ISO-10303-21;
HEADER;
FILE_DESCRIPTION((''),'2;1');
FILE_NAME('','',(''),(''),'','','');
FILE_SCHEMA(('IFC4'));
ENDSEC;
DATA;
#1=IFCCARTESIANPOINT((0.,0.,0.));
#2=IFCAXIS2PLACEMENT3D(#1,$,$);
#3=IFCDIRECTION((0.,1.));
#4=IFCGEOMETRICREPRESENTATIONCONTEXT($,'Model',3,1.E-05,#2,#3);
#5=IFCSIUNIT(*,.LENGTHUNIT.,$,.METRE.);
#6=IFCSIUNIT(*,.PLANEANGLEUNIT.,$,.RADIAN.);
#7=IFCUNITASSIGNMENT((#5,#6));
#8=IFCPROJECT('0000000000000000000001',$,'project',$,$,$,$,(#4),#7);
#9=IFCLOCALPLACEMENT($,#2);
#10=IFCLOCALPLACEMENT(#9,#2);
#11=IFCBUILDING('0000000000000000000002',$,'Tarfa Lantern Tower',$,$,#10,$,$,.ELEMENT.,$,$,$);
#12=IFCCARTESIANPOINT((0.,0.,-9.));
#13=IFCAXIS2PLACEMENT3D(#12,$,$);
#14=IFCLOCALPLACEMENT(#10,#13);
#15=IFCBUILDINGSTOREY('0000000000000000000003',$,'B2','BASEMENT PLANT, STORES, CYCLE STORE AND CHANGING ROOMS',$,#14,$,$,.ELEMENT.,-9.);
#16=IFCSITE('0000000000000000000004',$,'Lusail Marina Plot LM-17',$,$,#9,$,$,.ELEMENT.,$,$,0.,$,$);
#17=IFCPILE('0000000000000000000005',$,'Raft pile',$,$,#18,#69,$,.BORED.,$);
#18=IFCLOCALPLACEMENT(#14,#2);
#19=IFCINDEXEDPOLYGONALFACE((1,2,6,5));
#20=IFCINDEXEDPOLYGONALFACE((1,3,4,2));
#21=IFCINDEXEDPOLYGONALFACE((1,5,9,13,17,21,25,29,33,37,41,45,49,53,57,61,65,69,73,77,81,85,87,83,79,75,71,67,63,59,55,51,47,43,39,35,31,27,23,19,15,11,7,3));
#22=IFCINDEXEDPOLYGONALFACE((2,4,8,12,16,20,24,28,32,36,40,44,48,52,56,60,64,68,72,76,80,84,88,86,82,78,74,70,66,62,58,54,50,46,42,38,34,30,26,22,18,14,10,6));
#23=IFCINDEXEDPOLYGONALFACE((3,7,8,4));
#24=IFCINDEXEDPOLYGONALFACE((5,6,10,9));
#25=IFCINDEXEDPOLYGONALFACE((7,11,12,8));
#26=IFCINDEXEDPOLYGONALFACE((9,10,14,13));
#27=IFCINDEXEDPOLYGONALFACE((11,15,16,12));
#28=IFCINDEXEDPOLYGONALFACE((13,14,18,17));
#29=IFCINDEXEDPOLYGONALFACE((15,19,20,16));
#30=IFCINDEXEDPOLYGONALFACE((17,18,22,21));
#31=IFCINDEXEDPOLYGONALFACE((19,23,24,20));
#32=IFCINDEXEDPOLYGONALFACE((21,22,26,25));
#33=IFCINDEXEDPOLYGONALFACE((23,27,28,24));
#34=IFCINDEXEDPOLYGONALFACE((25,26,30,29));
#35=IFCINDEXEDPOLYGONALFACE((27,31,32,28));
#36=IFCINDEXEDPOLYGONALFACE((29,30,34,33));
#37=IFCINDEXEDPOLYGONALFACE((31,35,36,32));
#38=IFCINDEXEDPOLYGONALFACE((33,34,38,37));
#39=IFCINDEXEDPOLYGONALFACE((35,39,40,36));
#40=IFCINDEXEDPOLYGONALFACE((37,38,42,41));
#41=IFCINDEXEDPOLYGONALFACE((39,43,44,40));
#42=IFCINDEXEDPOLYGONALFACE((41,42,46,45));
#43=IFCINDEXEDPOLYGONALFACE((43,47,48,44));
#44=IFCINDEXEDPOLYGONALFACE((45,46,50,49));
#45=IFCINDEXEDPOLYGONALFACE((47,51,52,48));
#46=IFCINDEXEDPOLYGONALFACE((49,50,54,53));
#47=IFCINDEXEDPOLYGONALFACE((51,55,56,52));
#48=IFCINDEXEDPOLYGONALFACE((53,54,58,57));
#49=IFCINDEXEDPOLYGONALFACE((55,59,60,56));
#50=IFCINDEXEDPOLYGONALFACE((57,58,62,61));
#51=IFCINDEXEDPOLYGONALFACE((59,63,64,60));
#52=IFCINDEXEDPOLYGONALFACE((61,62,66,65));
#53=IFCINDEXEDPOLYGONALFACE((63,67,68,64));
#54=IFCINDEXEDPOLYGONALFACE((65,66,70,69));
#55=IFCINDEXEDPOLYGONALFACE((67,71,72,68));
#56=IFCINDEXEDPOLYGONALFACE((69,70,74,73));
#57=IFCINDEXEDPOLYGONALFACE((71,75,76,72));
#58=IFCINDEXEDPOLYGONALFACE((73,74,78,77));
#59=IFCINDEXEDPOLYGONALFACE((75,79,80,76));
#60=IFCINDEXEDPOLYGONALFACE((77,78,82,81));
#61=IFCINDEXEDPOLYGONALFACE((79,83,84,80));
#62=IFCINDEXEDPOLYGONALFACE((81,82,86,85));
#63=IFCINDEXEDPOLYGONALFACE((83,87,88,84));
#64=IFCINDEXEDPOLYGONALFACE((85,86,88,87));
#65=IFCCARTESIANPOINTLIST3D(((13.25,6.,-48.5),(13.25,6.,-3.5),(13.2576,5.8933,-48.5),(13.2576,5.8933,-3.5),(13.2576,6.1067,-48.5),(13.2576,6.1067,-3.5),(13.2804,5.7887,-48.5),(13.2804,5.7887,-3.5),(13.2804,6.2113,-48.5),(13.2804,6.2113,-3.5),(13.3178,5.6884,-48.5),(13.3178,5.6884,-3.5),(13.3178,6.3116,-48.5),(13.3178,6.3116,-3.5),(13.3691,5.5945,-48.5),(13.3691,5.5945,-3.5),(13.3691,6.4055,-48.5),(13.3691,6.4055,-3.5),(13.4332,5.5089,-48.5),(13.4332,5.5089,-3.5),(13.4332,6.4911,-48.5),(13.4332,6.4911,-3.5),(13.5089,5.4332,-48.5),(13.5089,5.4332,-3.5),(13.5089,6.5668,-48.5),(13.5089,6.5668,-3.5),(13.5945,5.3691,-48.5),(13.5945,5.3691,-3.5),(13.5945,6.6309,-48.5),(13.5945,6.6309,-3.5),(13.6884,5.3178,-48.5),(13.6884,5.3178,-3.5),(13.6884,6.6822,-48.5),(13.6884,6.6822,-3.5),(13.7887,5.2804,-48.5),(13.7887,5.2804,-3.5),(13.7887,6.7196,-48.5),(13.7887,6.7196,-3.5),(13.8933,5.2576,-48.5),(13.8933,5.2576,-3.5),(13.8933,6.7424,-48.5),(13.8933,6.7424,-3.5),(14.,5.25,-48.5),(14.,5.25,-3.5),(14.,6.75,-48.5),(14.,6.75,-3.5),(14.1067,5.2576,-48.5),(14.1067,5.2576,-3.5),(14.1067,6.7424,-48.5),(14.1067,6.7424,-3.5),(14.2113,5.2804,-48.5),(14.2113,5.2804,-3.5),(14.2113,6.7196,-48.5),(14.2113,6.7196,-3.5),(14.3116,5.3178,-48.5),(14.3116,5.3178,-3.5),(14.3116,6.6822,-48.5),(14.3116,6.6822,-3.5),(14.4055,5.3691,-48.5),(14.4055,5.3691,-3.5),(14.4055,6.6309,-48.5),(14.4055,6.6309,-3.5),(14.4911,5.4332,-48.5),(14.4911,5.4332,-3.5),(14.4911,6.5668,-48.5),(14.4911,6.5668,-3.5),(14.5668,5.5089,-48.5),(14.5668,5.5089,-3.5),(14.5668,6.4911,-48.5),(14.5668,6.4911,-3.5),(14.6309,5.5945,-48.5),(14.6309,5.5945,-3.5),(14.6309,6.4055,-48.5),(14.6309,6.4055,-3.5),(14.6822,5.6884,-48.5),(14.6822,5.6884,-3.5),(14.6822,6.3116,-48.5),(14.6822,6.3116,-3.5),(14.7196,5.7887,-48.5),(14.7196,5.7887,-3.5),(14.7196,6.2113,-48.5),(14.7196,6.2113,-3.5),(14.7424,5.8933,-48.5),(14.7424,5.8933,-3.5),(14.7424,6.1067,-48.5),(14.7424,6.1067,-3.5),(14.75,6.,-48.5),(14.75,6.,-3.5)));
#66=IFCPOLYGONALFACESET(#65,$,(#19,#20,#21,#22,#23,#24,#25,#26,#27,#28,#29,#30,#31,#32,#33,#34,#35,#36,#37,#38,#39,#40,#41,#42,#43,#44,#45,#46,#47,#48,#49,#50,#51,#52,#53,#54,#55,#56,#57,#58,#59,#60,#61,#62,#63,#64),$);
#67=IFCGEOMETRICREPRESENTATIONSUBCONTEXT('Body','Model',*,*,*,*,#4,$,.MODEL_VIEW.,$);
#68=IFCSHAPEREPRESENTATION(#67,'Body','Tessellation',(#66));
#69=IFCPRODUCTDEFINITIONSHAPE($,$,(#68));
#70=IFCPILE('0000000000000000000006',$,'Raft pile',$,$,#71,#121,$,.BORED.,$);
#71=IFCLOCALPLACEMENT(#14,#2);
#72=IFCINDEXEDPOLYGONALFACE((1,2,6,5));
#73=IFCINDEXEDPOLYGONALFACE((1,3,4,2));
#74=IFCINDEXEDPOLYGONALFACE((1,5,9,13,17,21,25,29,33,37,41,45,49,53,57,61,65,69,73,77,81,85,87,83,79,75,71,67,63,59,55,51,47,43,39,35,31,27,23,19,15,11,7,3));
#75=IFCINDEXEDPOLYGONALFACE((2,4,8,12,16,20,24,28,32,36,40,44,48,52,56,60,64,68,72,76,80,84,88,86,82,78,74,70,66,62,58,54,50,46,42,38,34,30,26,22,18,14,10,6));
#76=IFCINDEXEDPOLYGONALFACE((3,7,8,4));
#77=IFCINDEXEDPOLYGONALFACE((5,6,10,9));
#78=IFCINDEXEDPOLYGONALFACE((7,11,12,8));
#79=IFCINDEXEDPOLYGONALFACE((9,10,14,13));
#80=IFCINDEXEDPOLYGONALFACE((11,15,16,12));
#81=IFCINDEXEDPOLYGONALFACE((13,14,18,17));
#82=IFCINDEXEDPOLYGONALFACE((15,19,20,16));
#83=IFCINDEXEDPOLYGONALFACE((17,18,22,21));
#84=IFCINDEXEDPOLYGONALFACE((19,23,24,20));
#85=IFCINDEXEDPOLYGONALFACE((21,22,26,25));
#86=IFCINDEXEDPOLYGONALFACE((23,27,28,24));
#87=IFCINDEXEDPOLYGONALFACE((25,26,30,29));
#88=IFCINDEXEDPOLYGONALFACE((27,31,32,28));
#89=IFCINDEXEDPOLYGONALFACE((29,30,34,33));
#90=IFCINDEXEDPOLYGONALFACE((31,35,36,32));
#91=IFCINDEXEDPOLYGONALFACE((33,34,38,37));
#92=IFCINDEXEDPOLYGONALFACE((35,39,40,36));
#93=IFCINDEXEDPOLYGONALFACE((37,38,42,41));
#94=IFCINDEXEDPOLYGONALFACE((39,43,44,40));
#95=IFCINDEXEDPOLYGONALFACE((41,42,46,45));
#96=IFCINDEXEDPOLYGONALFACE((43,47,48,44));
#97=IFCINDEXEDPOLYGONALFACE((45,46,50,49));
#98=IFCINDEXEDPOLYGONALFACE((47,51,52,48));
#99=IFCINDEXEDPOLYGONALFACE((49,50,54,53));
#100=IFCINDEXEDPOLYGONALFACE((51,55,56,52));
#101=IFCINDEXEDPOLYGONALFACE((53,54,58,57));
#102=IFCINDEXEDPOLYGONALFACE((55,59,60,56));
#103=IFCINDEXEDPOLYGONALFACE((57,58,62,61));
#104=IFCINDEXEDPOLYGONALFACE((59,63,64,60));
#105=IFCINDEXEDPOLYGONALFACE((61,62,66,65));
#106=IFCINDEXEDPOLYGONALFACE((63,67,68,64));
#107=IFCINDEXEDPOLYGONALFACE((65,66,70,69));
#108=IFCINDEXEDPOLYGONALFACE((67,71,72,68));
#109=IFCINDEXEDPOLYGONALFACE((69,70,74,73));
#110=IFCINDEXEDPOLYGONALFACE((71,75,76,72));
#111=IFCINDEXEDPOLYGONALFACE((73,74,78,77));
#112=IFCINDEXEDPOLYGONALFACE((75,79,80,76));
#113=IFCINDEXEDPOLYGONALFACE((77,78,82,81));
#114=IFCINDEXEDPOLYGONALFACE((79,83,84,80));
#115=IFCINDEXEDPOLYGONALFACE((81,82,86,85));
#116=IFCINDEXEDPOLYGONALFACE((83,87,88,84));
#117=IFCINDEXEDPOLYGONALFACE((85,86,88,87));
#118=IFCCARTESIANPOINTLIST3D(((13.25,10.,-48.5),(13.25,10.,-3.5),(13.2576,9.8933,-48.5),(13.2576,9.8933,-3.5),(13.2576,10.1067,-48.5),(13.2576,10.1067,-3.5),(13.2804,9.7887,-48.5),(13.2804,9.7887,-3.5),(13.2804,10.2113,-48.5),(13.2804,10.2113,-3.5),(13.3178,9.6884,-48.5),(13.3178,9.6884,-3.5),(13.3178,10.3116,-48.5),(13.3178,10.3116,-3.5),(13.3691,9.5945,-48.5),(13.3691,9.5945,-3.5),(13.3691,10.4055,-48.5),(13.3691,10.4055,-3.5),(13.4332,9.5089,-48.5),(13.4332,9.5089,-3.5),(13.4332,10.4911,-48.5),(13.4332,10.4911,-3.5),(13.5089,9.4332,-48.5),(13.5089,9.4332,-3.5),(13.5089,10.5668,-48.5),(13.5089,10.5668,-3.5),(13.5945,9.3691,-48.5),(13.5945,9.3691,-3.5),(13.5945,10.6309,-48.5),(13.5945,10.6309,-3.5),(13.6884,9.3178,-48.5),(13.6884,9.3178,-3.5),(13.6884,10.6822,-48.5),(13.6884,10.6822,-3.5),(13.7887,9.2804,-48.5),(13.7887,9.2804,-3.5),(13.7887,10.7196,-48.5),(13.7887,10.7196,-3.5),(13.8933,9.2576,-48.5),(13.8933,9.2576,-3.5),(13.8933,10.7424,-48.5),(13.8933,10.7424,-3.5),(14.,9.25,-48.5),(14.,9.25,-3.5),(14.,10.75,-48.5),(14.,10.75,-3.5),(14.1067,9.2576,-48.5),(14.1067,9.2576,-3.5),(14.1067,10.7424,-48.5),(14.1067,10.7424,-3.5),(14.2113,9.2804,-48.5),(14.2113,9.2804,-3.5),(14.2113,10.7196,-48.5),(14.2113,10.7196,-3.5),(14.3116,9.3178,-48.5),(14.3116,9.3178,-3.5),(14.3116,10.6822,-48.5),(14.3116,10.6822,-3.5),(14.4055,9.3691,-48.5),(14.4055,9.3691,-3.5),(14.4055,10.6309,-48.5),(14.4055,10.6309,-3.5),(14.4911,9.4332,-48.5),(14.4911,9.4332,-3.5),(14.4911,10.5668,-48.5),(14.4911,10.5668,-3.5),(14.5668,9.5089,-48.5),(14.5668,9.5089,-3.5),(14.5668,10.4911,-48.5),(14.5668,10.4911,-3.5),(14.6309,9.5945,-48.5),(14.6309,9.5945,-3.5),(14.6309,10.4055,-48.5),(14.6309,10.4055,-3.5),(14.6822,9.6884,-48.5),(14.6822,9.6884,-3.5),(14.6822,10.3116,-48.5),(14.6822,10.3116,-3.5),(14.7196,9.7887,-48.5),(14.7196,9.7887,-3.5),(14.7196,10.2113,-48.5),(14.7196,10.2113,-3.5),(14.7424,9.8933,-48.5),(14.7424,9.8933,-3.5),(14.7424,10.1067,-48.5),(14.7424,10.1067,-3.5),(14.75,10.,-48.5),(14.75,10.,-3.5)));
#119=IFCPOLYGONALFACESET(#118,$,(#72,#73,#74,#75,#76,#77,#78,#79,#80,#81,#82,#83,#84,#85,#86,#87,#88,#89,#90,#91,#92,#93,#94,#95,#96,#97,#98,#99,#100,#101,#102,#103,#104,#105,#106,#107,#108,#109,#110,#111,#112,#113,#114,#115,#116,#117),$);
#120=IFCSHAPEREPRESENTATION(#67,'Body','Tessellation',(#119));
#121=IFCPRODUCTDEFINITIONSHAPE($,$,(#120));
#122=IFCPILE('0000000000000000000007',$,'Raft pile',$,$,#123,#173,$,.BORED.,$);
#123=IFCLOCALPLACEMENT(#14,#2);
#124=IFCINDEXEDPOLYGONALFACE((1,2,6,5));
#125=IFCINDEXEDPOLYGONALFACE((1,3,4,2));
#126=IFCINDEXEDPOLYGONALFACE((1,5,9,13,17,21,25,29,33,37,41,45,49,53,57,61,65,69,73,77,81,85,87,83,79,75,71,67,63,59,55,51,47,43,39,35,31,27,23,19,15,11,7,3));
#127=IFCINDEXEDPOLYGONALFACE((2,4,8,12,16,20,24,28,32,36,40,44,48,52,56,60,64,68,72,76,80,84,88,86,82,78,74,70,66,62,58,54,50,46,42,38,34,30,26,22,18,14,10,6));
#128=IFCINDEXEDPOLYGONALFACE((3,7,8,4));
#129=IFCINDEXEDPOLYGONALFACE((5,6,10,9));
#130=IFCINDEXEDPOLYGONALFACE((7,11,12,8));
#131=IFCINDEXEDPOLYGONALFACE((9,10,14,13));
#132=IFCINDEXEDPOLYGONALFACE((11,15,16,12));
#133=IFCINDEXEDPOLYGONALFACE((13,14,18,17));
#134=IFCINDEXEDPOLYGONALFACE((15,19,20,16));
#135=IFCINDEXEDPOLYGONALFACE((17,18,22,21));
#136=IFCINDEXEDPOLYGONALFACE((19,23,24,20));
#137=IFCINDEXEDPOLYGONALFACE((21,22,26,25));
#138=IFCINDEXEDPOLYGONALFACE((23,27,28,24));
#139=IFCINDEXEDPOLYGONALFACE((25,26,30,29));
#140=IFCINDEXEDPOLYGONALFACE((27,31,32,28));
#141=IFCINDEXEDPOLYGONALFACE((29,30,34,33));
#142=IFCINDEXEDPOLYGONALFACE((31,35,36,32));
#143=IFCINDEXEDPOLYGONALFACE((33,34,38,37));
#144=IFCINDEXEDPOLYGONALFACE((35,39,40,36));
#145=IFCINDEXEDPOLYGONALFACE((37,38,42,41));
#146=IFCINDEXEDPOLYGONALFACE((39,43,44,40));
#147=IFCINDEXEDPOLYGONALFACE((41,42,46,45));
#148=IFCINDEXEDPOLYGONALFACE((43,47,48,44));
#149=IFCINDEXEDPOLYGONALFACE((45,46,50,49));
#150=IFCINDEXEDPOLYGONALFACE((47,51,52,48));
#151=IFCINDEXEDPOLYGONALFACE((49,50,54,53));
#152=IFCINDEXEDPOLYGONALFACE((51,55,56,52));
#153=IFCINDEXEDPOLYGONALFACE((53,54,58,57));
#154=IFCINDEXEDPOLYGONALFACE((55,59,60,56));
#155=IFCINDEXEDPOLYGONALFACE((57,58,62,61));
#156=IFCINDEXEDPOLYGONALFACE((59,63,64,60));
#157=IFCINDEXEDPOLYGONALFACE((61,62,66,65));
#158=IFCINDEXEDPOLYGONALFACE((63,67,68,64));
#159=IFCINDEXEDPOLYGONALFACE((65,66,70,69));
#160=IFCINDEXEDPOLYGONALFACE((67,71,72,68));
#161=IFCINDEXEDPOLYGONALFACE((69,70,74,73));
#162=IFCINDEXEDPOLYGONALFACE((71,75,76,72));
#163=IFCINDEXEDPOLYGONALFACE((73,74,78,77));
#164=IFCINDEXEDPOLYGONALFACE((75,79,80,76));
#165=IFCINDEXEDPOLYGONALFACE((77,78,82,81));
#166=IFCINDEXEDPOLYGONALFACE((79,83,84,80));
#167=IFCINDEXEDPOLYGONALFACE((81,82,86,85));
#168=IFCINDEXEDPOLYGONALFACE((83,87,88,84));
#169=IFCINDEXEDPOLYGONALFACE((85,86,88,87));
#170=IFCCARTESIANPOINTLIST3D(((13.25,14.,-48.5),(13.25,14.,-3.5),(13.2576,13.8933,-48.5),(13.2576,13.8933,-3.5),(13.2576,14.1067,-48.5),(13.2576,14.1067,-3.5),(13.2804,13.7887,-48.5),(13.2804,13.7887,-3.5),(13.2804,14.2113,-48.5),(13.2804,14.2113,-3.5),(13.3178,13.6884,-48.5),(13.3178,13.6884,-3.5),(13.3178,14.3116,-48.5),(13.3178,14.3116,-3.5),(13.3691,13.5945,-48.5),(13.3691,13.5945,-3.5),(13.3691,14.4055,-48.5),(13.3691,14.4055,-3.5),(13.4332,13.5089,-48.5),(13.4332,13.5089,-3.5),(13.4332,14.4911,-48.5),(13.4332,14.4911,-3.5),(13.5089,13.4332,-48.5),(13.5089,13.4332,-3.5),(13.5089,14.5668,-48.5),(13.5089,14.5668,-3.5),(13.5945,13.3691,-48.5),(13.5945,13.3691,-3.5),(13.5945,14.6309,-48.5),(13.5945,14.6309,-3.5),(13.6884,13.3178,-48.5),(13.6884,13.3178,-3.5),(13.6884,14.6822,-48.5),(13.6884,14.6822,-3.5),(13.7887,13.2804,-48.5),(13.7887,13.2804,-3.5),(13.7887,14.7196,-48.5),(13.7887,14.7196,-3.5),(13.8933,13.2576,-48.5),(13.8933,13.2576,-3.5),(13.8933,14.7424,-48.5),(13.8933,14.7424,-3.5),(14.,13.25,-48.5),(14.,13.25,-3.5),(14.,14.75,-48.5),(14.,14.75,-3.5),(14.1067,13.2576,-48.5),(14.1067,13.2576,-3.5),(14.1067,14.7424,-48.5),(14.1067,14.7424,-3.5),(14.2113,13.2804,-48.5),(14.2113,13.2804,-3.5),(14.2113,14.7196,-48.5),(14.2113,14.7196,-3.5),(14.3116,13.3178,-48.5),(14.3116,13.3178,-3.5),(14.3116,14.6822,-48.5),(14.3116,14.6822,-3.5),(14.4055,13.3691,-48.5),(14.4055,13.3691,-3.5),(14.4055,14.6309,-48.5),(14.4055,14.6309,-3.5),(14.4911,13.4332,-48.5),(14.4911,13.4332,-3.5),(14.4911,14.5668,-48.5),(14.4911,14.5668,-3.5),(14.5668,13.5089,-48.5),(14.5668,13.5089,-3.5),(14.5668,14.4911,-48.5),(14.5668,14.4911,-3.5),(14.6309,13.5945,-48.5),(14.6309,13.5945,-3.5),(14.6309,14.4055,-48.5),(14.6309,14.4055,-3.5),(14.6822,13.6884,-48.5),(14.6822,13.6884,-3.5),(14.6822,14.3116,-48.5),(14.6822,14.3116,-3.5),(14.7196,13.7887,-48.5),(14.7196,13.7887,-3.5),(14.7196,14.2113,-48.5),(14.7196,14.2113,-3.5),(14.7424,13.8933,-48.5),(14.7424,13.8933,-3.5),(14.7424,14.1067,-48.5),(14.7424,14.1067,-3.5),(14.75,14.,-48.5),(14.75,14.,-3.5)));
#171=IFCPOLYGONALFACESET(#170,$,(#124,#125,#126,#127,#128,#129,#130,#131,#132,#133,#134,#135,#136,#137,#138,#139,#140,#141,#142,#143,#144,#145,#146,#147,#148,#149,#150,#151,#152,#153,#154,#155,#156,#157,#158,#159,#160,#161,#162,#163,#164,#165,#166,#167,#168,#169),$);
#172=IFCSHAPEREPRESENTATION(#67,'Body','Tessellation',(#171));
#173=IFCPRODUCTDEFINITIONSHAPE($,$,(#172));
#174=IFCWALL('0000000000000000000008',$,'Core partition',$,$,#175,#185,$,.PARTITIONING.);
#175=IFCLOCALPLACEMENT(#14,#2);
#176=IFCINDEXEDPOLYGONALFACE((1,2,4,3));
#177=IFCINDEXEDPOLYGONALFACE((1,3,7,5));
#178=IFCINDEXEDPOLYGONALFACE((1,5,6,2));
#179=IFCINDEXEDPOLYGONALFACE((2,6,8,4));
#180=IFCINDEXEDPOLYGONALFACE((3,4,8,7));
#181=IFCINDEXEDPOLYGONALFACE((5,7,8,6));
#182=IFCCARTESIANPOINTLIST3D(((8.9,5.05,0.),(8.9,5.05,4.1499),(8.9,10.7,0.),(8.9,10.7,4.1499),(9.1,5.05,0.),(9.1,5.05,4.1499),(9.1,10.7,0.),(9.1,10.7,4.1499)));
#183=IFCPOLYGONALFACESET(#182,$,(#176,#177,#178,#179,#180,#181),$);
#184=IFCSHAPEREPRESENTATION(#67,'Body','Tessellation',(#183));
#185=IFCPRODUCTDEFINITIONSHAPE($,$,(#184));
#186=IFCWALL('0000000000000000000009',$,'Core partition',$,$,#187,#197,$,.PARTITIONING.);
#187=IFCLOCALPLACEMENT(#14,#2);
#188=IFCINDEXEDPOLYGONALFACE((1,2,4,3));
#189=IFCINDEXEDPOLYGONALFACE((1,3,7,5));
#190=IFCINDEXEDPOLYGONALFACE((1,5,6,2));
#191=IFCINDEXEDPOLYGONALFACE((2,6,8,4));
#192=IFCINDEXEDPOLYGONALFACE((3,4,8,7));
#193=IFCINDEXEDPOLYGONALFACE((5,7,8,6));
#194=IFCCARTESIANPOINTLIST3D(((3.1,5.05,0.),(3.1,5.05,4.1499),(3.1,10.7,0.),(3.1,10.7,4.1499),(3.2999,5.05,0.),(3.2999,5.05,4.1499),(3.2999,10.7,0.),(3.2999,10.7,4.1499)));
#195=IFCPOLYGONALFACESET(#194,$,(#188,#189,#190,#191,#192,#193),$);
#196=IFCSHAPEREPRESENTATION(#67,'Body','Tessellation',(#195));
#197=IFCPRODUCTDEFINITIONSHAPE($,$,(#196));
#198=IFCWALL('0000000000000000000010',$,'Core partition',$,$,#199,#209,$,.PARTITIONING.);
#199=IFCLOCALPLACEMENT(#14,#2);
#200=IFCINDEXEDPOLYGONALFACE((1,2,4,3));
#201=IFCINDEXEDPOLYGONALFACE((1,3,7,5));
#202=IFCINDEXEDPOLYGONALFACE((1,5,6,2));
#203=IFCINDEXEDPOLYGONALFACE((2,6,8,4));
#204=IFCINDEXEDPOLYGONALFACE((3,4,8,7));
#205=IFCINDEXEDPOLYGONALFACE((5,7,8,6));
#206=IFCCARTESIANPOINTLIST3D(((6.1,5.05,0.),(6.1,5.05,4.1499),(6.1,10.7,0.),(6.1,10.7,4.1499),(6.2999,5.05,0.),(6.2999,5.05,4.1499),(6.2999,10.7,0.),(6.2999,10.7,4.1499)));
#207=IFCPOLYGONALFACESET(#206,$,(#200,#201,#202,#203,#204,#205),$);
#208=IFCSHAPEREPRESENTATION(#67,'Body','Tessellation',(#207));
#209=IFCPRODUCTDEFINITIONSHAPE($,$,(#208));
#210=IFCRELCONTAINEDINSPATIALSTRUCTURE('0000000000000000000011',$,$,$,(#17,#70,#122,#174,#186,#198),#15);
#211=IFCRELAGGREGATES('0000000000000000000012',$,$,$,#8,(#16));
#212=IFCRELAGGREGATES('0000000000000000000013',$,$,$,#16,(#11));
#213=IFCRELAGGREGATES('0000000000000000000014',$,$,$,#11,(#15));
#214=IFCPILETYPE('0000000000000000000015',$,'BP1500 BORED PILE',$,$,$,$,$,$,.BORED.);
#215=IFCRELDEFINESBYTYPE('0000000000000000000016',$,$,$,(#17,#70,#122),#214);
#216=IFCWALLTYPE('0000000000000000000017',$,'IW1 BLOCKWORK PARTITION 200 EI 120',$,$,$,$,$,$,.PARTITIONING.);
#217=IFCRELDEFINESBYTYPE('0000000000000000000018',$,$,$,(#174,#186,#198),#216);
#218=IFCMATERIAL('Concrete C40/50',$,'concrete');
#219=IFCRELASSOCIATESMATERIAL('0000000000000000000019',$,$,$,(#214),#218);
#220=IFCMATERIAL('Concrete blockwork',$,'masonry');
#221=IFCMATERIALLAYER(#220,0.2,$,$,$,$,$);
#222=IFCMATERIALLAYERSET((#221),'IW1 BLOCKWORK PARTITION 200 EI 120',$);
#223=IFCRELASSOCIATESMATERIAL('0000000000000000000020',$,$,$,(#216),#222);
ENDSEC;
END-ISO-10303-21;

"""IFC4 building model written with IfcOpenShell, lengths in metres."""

from ifc_helpers import new_model, si_unit, direction, frame, frame_2d, origin, origin_2d, place, context, subcontext, project, spatial, rectangle, circle, extrude, material, layer, layer_set, material_profile, profile_set, type_object, element, save


model = new_model("IFC4")

# Units and contexts
model_context = context("Model", 3, precision=1e-05, world=origin(), true_north=direction((0.0, 1.0)))
body_context = subcontext(model_context, "Body", "Model", "MODEL_VIEW")
ifc_project = project(units=[si_unit("LENGTHUNIT", "METRE"), si_unit("PLANEANGLEUNIT", "RADIAN")], contexts=[model_context])

# Site, building, storey
site_placement = place(None, origin())
site = spatial("IfcSite", under=ifc_project, at=site_placement, Name="Lusail Marina Plot LM-17", CompositionType="ELEMENT", RefElevation=0.0)
building_placement = place(site_placement, origin())
building = spatial("IfcBuilding", under=site, at=building_placement, Name="Tarfa Lantern Tower", CompositionType="ELEMENT")
storey_placement = place(building_placement, frame((0.0, 0.0, -9.0)))
storey = spatial("IfcBuildingStorey", under=building, at=storey_placement, Name="B2", Description="BASEMENT PLANT, STORES, CYCLE STORE AND CHANGING ROOMS", CompositionType="ELEMENT", Elevation=-9.0)

# Piles
ifc_material_1 = material(Name="Concrete C40/50", Category="concrete")
ifc_material_profile = material_profile(ifc_material_1, circle(Radius=0.75, at=origin_2d()), Name="BORED PILE D1500")
ifc_profile_set = profile_set([ifc_material_profile], Name="Concrete C40/50")
pile_type = type_object("IfcPileType", Name="BP1500 BORED PILE", PredefinedType="BORED", material=ifc_profile_set)
for number, where, z_axis, x_axis, name in (
    (1, (14.0, 6.0, -3.5), (0.0, 0.0, -1.0), (1.0, 0.0, 0.0), "Raft pile"),
    (2, (14.0, 10.0, -3.5), (0.0, 0.0, -1.0), (1.0, 0.0, 0.0), "Raft pile"),
    (3, (14.0, 14.0, -3.5), (0.0, 0.0, -1.0), (1.0, 0.0, 0.0), "Raft pile"),
):
    element("IfcPile", number, at=place(storey_placement, frame(where, z_axis=z_axis, x_axis=x_axis)), inside=storey, type_object=pile_type, Name=name, PredefinedType="BORED", context=body_context, shape_type="SweptSolid", body=[
        extrude(circle(Radius=0.75, at=origin_2d()), origin(), (0.0, 0.0, 1.0), 45.0),
    ])

# Walls
ifc_material_2 = material(Name="Concrete blockwork", Category="masonry")
ifc_layer_1 = layer(ifc_material_2, 0.2)
ifc_layer_set_1 = layer_set([ifc_layer_1], Name="IW1 BLOCKWORK PARTITION 200 EI 120")
wall_type_1 = type_object("IfcWallType", Name="IW1 BLOCKWORK PARTITION 200 EI 120", PredefinedType="PARTITIONING", material=ifc_layer_set_1)
for number, where, z_axis, x_axis, name in (
    (4, (9.0, 5.05, 0.0), (0.0, 0.0, 1.0), (0.0, 1.0, 0.0), "Core partition"),
    (5, (3.2, 5.05, 0.0), (0.0, 0.0, 1.0), (0.0, 1.0, 0.0), "Core partition"),
    (6, (6.2, 5.05, 0.0), (0.0, 0.0, 1.0), (0.0, 1.0, 0.0), "Core partition"),
):
    element("IfcWall", number, at=place(storey_placement, frame(where, z_axis=z_axis, x_axis=x_axis)), inside=storey, type_object=wall_type_1, Name=name, PredefinedType="PARTITIONING", context=body_context, shape_type="SweptSolid", body=[
        extrude(rectangle(XDim=5.6499, YDim=0.2, at=frame_2d((2.825, 0.0))), origin(), (0.0, 0.0, 1.0), 4.1499),
    ])

save(model, "model.ifc")
